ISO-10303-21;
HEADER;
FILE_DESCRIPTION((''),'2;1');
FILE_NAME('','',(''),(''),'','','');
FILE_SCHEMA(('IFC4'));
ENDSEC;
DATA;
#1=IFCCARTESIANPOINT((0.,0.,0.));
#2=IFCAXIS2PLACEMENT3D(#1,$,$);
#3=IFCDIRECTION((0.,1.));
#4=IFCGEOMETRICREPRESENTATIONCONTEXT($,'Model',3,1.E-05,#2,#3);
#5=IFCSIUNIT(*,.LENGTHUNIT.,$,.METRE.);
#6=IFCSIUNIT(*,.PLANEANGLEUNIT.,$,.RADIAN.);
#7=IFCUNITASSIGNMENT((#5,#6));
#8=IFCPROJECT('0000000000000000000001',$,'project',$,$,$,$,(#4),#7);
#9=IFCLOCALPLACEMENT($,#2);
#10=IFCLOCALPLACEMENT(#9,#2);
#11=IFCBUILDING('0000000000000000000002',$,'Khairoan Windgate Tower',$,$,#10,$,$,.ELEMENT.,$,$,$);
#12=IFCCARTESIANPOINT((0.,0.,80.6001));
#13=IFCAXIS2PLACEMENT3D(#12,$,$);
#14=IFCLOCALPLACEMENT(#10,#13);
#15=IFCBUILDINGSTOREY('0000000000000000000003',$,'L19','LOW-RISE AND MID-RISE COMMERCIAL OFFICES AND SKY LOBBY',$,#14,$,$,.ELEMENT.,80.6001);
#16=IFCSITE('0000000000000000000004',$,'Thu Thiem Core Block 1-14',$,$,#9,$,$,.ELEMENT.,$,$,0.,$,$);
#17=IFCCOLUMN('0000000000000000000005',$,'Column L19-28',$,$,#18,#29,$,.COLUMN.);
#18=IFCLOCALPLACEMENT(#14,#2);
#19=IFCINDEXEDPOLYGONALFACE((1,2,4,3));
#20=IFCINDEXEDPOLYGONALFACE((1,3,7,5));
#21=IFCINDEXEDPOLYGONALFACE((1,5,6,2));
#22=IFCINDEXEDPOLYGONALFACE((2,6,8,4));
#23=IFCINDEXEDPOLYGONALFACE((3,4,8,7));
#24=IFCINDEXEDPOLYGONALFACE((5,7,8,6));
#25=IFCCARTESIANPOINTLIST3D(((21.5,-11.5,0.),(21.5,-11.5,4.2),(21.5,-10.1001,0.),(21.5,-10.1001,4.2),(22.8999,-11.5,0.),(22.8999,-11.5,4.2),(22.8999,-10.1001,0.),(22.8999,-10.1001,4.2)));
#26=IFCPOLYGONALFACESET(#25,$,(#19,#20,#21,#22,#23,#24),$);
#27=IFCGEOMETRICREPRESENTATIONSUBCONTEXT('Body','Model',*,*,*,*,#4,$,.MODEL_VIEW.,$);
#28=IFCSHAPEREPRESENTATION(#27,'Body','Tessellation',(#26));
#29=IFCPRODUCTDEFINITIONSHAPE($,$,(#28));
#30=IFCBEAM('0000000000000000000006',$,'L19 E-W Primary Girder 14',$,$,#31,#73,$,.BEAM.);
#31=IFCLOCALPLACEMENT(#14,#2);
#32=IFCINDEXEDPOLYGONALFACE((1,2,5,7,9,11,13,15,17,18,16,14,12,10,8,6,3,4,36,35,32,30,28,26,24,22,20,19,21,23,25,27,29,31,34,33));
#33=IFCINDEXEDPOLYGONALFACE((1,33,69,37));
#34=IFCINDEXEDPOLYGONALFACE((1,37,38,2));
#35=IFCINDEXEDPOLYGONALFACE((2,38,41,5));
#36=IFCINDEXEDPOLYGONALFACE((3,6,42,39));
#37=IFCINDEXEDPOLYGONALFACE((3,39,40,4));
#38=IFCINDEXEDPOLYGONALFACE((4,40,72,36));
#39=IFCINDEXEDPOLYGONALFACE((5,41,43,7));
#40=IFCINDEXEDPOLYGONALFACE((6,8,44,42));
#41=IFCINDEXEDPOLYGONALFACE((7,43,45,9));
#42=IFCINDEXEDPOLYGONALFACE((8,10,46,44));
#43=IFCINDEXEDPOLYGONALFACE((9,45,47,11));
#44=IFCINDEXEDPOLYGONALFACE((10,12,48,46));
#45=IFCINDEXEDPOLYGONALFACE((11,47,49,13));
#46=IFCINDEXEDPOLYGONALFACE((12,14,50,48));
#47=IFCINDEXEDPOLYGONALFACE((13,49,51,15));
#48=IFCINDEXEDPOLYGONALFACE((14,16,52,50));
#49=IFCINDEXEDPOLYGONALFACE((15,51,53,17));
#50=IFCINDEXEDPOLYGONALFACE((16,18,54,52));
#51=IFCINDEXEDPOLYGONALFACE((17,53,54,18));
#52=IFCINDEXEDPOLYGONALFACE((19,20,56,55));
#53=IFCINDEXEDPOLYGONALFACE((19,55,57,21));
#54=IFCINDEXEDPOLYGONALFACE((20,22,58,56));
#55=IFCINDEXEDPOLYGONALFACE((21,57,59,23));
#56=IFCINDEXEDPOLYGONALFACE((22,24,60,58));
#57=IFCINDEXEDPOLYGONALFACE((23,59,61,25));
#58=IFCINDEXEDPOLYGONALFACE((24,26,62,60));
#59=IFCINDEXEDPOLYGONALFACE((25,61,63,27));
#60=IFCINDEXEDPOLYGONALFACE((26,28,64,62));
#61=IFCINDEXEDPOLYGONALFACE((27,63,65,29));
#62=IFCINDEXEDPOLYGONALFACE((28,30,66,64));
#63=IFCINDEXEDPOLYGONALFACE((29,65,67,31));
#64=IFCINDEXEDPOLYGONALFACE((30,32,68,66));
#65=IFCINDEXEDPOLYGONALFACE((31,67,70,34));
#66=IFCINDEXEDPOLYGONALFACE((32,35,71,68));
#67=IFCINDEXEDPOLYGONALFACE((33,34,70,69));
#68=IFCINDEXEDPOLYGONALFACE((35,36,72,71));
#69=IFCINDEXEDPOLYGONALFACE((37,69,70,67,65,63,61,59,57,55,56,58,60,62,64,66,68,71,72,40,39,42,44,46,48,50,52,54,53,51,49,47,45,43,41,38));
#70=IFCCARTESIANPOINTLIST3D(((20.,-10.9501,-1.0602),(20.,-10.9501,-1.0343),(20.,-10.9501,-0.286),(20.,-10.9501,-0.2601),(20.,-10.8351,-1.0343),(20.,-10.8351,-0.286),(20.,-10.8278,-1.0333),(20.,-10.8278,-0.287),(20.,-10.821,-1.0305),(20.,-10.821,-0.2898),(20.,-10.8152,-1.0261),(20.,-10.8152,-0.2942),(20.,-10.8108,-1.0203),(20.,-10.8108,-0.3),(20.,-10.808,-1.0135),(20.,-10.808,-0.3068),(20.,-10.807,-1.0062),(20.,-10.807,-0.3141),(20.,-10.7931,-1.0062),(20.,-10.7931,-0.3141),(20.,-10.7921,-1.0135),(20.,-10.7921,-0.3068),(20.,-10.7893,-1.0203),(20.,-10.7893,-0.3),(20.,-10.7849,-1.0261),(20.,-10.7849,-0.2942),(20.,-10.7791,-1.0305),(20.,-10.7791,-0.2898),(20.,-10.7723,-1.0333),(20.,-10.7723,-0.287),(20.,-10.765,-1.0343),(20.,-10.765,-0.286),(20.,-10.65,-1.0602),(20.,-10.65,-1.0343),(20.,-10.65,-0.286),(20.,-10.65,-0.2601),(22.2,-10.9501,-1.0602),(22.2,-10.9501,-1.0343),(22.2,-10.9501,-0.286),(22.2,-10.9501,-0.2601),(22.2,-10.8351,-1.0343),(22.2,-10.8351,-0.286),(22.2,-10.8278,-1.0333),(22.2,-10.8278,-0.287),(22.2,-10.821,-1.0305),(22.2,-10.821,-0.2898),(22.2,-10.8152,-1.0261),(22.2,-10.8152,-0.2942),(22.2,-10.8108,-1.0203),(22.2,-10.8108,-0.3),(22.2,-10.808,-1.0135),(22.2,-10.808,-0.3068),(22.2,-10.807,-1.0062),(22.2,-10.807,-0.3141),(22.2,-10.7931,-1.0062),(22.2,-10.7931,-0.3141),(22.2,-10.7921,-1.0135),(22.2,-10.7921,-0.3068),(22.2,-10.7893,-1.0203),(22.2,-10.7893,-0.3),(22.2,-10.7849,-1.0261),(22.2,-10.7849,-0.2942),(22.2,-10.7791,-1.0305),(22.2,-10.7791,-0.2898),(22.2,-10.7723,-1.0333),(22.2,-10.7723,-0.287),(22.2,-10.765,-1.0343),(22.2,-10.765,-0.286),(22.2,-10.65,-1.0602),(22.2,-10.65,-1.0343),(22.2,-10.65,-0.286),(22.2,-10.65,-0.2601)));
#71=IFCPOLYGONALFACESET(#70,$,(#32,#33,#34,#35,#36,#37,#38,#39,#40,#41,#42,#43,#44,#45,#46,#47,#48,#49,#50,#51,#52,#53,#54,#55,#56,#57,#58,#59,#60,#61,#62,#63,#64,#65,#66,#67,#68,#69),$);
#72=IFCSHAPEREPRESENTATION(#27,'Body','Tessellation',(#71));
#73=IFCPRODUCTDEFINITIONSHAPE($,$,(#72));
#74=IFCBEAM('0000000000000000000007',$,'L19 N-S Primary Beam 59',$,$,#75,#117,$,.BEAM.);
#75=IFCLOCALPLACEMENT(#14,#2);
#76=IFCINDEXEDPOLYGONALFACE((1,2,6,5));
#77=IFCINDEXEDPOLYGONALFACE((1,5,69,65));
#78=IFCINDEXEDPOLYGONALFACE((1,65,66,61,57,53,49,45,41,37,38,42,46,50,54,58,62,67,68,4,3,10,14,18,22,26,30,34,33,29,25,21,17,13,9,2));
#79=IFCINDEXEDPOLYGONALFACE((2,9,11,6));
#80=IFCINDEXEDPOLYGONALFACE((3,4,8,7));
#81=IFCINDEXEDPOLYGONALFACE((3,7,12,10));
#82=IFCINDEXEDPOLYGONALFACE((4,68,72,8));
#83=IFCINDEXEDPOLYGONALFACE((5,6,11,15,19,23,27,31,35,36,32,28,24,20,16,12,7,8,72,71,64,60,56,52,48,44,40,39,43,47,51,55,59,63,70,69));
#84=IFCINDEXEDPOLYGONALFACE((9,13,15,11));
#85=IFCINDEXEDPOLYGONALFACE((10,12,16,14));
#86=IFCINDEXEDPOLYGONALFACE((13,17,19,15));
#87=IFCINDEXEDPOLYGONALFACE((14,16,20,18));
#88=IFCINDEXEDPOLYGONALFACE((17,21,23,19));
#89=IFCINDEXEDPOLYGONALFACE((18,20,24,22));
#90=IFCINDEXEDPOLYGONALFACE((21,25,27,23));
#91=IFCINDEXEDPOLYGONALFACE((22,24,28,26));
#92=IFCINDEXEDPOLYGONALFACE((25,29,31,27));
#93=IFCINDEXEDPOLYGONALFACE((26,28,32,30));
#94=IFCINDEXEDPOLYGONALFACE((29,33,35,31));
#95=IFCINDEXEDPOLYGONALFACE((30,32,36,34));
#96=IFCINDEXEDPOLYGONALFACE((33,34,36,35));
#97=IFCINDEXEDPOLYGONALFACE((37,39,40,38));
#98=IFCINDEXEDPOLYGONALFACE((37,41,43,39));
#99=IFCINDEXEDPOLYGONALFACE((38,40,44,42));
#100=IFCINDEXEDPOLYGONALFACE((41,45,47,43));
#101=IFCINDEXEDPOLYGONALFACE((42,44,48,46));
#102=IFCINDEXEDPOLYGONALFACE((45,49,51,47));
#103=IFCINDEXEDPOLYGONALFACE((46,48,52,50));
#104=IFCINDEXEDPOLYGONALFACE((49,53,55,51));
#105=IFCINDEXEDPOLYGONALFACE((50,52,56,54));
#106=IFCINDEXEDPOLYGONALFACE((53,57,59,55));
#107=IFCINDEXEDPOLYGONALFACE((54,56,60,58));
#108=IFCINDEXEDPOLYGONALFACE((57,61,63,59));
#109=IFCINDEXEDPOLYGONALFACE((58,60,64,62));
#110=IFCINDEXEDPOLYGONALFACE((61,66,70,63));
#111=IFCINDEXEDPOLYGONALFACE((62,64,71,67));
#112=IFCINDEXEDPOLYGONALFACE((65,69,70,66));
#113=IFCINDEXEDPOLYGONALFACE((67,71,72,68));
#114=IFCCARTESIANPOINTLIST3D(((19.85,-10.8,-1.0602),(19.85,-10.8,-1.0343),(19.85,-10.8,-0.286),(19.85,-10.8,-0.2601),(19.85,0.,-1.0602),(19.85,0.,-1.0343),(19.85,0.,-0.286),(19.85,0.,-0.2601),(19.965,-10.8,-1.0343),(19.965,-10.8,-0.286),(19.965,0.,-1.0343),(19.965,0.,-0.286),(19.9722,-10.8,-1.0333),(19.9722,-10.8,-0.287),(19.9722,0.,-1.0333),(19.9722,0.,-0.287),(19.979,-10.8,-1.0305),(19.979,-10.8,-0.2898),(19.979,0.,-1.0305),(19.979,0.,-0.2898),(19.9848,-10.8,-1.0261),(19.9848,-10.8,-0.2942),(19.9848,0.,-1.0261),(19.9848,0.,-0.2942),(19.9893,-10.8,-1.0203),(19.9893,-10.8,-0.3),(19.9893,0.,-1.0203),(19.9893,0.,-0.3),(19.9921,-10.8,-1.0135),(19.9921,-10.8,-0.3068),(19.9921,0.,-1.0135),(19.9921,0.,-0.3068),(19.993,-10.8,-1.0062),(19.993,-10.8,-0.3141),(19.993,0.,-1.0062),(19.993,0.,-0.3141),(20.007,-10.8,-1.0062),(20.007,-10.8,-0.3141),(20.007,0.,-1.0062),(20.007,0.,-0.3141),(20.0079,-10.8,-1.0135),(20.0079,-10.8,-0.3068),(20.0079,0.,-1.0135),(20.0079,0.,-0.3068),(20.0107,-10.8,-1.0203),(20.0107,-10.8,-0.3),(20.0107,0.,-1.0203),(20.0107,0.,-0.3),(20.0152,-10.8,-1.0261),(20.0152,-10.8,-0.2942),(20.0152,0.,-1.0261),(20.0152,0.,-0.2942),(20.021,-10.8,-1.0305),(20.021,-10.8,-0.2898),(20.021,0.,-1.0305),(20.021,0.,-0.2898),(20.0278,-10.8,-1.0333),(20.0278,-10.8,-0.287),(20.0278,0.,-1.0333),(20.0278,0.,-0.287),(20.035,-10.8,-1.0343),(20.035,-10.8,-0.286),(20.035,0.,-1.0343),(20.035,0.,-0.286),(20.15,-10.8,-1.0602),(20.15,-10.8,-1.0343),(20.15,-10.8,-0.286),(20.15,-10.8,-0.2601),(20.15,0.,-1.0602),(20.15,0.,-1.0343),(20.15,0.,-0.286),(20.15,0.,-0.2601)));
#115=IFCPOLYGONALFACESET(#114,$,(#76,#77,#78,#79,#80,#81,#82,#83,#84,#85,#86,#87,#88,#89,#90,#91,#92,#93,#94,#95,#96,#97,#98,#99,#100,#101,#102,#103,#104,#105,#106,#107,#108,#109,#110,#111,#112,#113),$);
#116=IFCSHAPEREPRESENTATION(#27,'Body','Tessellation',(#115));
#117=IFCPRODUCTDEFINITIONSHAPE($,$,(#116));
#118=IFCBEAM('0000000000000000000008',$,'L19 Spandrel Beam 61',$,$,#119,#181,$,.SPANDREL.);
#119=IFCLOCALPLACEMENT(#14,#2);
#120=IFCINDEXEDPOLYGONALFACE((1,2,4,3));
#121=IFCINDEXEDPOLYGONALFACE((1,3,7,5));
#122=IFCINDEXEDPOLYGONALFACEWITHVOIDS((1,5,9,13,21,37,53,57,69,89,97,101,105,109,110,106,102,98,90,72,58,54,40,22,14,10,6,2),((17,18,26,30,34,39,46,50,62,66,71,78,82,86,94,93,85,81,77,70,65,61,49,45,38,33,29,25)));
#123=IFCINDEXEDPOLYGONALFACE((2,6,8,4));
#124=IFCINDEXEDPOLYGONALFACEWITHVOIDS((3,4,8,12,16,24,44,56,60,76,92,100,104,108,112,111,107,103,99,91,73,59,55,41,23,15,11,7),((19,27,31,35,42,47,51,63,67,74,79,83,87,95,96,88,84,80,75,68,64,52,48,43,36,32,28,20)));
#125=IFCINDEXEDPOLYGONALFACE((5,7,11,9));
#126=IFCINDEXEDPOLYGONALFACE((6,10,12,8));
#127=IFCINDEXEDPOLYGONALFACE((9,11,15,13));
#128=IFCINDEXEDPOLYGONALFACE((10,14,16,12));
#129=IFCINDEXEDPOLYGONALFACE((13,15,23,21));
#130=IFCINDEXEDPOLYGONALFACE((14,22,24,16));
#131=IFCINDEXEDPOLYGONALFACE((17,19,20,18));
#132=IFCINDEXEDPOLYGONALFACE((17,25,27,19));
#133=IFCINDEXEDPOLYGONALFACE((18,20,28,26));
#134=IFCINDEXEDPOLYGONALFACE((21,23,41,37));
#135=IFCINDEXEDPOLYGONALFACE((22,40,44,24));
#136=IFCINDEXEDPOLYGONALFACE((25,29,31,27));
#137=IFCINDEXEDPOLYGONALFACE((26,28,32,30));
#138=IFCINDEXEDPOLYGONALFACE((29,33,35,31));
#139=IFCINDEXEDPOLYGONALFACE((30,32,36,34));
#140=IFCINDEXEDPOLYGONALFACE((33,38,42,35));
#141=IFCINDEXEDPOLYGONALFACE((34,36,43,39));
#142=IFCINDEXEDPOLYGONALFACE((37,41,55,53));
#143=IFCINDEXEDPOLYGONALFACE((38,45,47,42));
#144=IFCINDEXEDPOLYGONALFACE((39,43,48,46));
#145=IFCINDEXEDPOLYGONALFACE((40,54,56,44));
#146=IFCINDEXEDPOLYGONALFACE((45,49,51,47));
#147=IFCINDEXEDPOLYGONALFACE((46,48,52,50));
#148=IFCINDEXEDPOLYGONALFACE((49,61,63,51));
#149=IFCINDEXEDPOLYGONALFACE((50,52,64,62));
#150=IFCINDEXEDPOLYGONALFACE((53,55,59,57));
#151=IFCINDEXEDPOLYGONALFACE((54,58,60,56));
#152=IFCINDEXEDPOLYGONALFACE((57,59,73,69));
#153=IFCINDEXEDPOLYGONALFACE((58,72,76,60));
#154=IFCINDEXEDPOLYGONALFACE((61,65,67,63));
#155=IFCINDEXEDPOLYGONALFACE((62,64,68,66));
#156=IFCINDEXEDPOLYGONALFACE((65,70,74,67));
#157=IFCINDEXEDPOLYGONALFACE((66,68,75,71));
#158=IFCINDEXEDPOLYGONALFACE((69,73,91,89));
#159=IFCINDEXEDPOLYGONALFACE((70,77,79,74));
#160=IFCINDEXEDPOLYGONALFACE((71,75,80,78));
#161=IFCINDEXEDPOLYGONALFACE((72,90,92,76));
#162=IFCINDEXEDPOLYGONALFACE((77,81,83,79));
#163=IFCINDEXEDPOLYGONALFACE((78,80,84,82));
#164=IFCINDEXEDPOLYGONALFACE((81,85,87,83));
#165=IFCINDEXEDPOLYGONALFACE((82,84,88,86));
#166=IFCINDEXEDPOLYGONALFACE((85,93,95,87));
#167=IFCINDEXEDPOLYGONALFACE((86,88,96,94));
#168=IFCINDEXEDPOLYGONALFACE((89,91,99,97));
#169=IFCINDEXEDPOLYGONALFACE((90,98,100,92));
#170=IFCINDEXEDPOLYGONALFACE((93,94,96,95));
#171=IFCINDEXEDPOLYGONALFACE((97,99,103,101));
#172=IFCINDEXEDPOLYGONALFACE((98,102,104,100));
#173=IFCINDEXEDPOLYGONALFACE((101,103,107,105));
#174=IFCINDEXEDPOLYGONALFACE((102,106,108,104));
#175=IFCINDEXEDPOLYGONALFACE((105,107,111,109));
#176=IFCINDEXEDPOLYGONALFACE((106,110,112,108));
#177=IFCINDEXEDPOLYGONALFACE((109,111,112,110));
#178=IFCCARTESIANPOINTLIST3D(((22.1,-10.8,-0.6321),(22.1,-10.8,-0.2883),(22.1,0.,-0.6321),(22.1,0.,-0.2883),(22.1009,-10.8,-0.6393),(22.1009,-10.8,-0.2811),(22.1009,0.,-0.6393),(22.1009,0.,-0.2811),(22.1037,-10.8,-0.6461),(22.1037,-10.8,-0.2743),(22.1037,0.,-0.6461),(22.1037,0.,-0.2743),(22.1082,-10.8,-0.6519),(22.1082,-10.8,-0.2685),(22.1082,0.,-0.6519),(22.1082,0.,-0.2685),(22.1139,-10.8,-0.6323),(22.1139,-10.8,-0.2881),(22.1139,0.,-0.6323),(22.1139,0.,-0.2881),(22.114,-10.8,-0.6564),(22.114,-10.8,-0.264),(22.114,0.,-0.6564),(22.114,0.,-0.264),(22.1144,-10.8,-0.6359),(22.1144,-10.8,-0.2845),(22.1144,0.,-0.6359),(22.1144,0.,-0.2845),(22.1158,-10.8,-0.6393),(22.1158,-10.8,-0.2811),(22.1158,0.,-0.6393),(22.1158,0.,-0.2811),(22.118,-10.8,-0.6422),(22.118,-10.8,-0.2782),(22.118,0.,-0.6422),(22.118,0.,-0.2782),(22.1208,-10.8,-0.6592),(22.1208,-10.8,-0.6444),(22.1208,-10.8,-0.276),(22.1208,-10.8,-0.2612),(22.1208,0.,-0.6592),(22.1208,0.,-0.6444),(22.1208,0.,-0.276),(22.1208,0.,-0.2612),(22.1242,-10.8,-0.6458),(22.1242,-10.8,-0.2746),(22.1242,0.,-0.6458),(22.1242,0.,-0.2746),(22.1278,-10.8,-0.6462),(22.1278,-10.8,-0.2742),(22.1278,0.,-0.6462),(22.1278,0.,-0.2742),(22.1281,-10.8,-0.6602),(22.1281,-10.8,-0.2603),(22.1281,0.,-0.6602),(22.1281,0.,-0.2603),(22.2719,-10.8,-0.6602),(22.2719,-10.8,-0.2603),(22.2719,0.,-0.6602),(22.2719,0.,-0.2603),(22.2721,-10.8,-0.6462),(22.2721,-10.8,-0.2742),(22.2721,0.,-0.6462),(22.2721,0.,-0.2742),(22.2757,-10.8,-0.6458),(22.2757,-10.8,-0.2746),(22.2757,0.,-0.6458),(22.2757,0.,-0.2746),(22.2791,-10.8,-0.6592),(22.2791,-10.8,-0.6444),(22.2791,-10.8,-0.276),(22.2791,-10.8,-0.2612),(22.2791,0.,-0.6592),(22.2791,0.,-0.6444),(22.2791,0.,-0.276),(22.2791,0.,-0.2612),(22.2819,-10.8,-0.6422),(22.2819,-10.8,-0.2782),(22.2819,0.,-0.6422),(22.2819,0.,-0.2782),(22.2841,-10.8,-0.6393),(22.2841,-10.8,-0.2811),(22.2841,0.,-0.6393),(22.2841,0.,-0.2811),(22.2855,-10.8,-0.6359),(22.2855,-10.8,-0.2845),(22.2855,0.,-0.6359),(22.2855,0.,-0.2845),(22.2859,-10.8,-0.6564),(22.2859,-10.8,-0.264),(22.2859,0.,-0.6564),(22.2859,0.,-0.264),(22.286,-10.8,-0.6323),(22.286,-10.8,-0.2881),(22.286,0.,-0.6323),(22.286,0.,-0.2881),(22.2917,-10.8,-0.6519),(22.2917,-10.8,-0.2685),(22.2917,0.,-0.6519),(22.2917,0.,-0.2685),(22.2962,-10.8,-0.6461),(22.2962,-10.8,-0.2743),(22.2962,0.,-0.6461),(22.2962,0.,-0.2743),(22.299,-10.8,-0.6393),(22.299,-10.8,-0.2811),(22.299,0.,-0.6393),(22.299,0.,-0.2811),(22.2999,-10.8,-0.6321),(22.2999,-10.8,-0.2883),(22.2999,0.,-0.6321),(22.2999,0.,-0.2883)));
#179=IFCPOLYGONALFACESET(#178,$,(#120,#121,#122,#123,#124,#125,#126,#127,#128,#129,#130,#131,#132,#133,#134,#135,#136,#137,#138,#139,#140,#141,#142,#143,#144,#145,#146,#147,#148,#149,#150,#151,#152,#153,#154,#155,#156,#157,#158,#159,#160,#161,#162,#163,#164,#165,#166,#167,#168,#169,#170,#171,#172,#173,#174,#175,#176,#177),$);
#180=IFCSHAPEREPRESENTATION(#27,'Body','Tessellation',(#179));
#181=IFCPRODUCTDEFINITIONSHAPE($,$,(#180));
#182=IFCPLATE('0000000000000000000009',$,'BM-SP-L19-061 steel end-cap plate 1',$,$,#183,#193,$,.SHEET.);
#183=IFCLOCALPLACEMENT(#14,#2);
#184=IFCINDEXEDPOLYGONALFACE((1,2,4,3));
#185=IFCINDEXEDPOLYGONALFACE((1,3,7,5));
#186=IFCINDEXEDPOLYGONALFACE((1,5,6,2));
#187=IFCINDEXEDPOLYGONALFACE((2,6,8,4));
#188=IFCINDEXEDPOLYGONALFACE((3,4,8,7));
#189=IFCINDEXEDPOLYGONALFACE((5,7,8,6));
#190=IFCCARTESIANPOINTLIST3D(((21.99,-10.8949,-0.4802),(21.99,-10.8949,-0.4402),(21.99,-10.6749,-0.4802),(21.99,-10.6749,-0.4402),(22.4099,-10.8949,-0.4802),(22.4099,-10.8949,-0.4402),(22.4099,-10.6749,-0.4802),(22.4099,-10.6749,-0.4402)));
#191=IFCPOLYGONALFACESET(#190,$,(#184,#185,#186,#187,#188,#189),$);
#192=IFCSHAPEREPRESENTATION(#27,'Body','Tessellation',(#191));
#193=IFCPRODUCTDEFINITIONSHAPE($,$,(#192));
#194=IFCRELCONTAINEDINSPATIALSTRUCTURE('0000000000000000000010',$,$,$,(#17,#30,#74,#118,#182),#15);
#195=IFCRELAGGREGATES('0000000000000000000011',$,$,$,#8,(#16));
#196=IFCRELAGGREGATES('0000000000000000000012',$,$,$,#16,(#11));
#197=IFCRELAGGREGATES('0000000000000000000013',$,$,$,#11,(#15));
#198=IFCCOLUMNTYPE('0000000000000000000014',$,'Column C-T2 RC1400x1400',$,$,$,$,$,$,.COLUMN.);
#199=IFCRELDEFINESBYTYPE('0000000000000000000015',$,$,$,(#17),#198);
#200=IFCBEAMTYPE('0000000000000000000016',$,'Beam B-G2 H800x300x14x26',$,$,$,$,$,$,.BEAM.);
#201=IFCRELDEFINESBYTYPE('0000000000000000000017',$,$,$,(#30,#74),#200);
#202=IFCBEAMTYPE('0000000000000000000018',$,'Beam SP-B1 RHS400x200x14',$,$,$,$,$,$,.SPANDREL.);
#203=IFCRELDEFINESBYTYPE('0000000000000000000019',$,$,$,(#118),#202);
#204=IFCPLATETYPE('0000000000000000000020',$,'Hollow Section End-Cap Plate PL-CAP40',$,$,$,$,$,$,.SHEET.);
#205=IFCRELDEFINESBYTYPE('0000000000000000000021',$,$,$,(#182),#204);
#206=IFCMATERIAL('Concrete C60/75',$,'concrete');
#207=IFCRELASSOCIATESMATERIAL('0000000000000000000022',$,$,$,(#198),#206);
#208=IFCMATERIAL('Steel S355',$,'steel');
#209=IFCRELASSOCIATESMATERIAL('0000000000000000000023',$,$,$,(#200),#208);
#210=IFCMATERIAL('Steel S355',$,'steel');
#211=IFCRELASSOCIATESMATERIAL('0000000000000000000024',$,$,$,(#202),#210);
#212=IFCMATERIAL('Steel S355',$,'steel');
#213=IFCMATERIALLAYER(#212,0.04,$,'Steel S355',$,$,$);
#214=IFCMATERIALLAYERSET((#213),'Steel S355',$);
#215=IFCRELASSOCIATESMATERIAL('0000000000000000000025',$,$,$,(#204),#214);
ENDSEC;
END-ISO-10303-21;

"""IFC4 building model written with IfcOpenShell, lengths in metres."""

from ifc_helpers import new_model, si_unit, direction, frame, origin, origin_2d, place, context, subcontext, project, spatial, rectangle, hollow_rectangle, i_section, extrude, material, layer, layer_set, material_profile, profile_set, type_object, element, save


model = new_model("IFC4")

# Units and contexts
model_context = context("Model", 3, precision=1e-05, world=origin(), true_north=direction((0.0, 1.0)))
body_context = subcontext(model_context, "Body", "Model", "MODEL_VIEW")
ifc_project = project(units=[si_unit("LENGTHUNIT", "METRE"), si_unit("PLANEANGLEUNIT", "RADIAN")], contexts=[model_context])

# Site, building, storey
site_placement = place(None, origin())
site = spatial("IfcSite", under=ifc_project, at=site_placement, Name="Thu Thiem Core Block 1-14", CompositionType="ELEMENT", RefElevation=0.0)
building_placement = place(site_placement, origin())
building = spatial("IfcBuilding", under=site, at=building_placement, Name="Khairoan Windgate Tower", CompositionType="ELEMENT")
storey_placement = place(building_placement, frame((0.0, 0.0, 80.6001)))
storey = spatial("IfcBuildingStorey", under=building, at=storey_placement, Name="L19", Description="LOW-RISE AND MID-RISE COMMERCIAL OFFICES AND SKY LOBBY", CompositionType="ELEMENT", Elevation=80.6001)

# Column
ifc_material_1 = material(Name="Concrete C60/75", Category="concrete")
ifc_material_profile_1 = material_profile(ifc_material_1, rectangle(XDim=1.3999, YDim=1.3999, at=origin_2d()))
ifc_profile_set_1 = profile_set([ifc_material_profile_1], Name="Concrete C60/75")
column_type = type_object("IfcColumnType", Name="Column C-T2 RC1400x1400", PredefinedType="COLUMN", material=ifc_profile_set_1)
column_placement = place(storey_placement, frame((22.2, -10.8, 0.0), z_axis=(0.0, 0.0, 1.0), x_axis=(1.0, 0.0, 0.0)))
element("IfcColumn", 1, at=column_placement, inside=storey, type_object=column_type, Name="Column L19-28", PredefinedType="COLUMN", context=body_context, shape_type="SweptSolid", body=[
    extrude(rectangle(XDim=1.3999, YDim=1.3999, at=origin_2d()), origin(), (0.0, 0.0, 1.0), 4.2),
])

# Beams
ifc_material_2 = material(Name="Steel S355", Category="steel")
ifc_material_profile_2 = material_profile(ifc_material_2, i_section(OverallWidth=0.3, OverallDepth=0.8, WebThickness=0.0139, FlangeThickness=0.0259, FilletRadius=0.0281, at=origin_2d()))
ifc_profile_set_2 = profile_set([ifc_material_profile_2], Name="Steel S355")
beam_type_1 = type_object("IfcBeamType", Name="Beam B-G2 H800x300x14x26", PredefinedType="BEAM", material=ifc_profile_set_2)
beam_1_placement = place(storey_placement, frame((20.0, -10.8, -0.6602), z_axis=(1.0, 0.0, 0.0), x_axis=(0.0, 1.0, 0.0)))
element("IfcBeam", 2, at=beam_1_placement, inside=storey, type_object=beam_type_1, Name="L19 E-W Primary Girder 14", PredefinedType="BEAM", context=body_context, shape_type="SweptSolid", body=[
    extrude(i_section(OverallWidth=0.3, OverallDepth=0.8, WebThickness=0.0139, FlangeThickness=0.0259, FilletRadius=0.0281, at=origin_2d()), origin(), (0.0, 0.0, 1.0), 2.2),
])
beam_2_placement = place(storey_placement, frame((20.0, -10.8, -0.6602), z_axis=(0.0, 1.0, 0.0), x_axis=(-1.0, 0.0, 0.0)))
element("IfcBeam", 3, at=beam_2_placement, inside=storey, type_object=beam_type_1, Name="L19 N-S Primary Beam 59", PredefinedType="BEAM", context=body_context, shape_type="SweptSolid", body=[
    extrude(i_section(OverallWidth=0.3, OverallDepth=0.8, WebThickness=0.0139, FlangeThickness=0.0259, FilletRadius=0.0281, at=origin_2d()), origin(), (0.0, 0.0, 1.0), 10.8),
])
ifc_material_3 = material(Name="Steel S355", Category="steel")
ifc_material_profile_3 = material_profile(ifc_material_3, hollow_rectangle(XDim=0.2, YDim=0.3999, WallThickness=0.0139, InnerFilletRadius=0.0139, OuterFilletRadius=0.0281, at=origin_2d()))
ifc_profile_set_3 = profile_set([ifc_material_profile_3], Name="Steel S355")
beam_type_2 = type_object("IfcBeamType", Name="Beam SP-B1 RHS400x200x14", PredefinedType="SPANDREL", material=ifc_profile_set_3)
beam_3_placement = place(storey_placement, frame((22.2, -10.8, -0.4602), z_axis=(0.0, 1.0, 0.0), x_axis=(-1.0, 0.0, 0.0)))
element("IfcBeam", 4, at=beam_3_placement, inside=storey, type_object=beam_type_2, Name="L19 Spandrel Beam 61", PredefinedType="SPANDREL", context=body_context, shape_type="SweptSolid", body=[
    extrude(hollow_rectangle(XDim=0.2, YDim=0.3999, WallThickness=0.0139, InnerFilletRadius=0.0139, OuterFilletRadius=0.0281, at=origin_2d()), origin(), (0.0, 0.0, 1.0), 10.8),
])

# Plate
ifc_material_4 = material(Name="Steel S355", Category="steel")
ifc_layer_1 = layer(ifc_material_4, 0.04, Name="Steel S355")
ifc_layer_set_1 = layer_set([ifc_layer_1], Name="Steel S355")
plate_type = type_object("IfcPlateType", Name="Hollow Section End-Cap Plate PL-CAP40", PredefinedType="SHEET", material=ifc_layer_set_1)
for number, where, z_axis, x_axis, name in (
    (5, (22.2, -10.7849, -0.4802), (0.0, 0.0, 1.0), (0.0, 1.0, 0.0), "BM-SP-L19-061 steel end-cap plate 1"),
):
    element("IfcPlate", number, at=place(storey_placement, frame(where, z_axis=z_axis, x_axis=x_axis)), inside=storey, type_object=plate_type, Name=name, PredefinedType="SHEET", context=body_context, shape_type="SweptSolid", body=[
        extrude(rectangle(XDim=0.22, YDim=0.4199, at=origin_2d()), origin(), (0.0, 0.0, 1.0), 0.04),
    ])

save(model, "model.ifc")
